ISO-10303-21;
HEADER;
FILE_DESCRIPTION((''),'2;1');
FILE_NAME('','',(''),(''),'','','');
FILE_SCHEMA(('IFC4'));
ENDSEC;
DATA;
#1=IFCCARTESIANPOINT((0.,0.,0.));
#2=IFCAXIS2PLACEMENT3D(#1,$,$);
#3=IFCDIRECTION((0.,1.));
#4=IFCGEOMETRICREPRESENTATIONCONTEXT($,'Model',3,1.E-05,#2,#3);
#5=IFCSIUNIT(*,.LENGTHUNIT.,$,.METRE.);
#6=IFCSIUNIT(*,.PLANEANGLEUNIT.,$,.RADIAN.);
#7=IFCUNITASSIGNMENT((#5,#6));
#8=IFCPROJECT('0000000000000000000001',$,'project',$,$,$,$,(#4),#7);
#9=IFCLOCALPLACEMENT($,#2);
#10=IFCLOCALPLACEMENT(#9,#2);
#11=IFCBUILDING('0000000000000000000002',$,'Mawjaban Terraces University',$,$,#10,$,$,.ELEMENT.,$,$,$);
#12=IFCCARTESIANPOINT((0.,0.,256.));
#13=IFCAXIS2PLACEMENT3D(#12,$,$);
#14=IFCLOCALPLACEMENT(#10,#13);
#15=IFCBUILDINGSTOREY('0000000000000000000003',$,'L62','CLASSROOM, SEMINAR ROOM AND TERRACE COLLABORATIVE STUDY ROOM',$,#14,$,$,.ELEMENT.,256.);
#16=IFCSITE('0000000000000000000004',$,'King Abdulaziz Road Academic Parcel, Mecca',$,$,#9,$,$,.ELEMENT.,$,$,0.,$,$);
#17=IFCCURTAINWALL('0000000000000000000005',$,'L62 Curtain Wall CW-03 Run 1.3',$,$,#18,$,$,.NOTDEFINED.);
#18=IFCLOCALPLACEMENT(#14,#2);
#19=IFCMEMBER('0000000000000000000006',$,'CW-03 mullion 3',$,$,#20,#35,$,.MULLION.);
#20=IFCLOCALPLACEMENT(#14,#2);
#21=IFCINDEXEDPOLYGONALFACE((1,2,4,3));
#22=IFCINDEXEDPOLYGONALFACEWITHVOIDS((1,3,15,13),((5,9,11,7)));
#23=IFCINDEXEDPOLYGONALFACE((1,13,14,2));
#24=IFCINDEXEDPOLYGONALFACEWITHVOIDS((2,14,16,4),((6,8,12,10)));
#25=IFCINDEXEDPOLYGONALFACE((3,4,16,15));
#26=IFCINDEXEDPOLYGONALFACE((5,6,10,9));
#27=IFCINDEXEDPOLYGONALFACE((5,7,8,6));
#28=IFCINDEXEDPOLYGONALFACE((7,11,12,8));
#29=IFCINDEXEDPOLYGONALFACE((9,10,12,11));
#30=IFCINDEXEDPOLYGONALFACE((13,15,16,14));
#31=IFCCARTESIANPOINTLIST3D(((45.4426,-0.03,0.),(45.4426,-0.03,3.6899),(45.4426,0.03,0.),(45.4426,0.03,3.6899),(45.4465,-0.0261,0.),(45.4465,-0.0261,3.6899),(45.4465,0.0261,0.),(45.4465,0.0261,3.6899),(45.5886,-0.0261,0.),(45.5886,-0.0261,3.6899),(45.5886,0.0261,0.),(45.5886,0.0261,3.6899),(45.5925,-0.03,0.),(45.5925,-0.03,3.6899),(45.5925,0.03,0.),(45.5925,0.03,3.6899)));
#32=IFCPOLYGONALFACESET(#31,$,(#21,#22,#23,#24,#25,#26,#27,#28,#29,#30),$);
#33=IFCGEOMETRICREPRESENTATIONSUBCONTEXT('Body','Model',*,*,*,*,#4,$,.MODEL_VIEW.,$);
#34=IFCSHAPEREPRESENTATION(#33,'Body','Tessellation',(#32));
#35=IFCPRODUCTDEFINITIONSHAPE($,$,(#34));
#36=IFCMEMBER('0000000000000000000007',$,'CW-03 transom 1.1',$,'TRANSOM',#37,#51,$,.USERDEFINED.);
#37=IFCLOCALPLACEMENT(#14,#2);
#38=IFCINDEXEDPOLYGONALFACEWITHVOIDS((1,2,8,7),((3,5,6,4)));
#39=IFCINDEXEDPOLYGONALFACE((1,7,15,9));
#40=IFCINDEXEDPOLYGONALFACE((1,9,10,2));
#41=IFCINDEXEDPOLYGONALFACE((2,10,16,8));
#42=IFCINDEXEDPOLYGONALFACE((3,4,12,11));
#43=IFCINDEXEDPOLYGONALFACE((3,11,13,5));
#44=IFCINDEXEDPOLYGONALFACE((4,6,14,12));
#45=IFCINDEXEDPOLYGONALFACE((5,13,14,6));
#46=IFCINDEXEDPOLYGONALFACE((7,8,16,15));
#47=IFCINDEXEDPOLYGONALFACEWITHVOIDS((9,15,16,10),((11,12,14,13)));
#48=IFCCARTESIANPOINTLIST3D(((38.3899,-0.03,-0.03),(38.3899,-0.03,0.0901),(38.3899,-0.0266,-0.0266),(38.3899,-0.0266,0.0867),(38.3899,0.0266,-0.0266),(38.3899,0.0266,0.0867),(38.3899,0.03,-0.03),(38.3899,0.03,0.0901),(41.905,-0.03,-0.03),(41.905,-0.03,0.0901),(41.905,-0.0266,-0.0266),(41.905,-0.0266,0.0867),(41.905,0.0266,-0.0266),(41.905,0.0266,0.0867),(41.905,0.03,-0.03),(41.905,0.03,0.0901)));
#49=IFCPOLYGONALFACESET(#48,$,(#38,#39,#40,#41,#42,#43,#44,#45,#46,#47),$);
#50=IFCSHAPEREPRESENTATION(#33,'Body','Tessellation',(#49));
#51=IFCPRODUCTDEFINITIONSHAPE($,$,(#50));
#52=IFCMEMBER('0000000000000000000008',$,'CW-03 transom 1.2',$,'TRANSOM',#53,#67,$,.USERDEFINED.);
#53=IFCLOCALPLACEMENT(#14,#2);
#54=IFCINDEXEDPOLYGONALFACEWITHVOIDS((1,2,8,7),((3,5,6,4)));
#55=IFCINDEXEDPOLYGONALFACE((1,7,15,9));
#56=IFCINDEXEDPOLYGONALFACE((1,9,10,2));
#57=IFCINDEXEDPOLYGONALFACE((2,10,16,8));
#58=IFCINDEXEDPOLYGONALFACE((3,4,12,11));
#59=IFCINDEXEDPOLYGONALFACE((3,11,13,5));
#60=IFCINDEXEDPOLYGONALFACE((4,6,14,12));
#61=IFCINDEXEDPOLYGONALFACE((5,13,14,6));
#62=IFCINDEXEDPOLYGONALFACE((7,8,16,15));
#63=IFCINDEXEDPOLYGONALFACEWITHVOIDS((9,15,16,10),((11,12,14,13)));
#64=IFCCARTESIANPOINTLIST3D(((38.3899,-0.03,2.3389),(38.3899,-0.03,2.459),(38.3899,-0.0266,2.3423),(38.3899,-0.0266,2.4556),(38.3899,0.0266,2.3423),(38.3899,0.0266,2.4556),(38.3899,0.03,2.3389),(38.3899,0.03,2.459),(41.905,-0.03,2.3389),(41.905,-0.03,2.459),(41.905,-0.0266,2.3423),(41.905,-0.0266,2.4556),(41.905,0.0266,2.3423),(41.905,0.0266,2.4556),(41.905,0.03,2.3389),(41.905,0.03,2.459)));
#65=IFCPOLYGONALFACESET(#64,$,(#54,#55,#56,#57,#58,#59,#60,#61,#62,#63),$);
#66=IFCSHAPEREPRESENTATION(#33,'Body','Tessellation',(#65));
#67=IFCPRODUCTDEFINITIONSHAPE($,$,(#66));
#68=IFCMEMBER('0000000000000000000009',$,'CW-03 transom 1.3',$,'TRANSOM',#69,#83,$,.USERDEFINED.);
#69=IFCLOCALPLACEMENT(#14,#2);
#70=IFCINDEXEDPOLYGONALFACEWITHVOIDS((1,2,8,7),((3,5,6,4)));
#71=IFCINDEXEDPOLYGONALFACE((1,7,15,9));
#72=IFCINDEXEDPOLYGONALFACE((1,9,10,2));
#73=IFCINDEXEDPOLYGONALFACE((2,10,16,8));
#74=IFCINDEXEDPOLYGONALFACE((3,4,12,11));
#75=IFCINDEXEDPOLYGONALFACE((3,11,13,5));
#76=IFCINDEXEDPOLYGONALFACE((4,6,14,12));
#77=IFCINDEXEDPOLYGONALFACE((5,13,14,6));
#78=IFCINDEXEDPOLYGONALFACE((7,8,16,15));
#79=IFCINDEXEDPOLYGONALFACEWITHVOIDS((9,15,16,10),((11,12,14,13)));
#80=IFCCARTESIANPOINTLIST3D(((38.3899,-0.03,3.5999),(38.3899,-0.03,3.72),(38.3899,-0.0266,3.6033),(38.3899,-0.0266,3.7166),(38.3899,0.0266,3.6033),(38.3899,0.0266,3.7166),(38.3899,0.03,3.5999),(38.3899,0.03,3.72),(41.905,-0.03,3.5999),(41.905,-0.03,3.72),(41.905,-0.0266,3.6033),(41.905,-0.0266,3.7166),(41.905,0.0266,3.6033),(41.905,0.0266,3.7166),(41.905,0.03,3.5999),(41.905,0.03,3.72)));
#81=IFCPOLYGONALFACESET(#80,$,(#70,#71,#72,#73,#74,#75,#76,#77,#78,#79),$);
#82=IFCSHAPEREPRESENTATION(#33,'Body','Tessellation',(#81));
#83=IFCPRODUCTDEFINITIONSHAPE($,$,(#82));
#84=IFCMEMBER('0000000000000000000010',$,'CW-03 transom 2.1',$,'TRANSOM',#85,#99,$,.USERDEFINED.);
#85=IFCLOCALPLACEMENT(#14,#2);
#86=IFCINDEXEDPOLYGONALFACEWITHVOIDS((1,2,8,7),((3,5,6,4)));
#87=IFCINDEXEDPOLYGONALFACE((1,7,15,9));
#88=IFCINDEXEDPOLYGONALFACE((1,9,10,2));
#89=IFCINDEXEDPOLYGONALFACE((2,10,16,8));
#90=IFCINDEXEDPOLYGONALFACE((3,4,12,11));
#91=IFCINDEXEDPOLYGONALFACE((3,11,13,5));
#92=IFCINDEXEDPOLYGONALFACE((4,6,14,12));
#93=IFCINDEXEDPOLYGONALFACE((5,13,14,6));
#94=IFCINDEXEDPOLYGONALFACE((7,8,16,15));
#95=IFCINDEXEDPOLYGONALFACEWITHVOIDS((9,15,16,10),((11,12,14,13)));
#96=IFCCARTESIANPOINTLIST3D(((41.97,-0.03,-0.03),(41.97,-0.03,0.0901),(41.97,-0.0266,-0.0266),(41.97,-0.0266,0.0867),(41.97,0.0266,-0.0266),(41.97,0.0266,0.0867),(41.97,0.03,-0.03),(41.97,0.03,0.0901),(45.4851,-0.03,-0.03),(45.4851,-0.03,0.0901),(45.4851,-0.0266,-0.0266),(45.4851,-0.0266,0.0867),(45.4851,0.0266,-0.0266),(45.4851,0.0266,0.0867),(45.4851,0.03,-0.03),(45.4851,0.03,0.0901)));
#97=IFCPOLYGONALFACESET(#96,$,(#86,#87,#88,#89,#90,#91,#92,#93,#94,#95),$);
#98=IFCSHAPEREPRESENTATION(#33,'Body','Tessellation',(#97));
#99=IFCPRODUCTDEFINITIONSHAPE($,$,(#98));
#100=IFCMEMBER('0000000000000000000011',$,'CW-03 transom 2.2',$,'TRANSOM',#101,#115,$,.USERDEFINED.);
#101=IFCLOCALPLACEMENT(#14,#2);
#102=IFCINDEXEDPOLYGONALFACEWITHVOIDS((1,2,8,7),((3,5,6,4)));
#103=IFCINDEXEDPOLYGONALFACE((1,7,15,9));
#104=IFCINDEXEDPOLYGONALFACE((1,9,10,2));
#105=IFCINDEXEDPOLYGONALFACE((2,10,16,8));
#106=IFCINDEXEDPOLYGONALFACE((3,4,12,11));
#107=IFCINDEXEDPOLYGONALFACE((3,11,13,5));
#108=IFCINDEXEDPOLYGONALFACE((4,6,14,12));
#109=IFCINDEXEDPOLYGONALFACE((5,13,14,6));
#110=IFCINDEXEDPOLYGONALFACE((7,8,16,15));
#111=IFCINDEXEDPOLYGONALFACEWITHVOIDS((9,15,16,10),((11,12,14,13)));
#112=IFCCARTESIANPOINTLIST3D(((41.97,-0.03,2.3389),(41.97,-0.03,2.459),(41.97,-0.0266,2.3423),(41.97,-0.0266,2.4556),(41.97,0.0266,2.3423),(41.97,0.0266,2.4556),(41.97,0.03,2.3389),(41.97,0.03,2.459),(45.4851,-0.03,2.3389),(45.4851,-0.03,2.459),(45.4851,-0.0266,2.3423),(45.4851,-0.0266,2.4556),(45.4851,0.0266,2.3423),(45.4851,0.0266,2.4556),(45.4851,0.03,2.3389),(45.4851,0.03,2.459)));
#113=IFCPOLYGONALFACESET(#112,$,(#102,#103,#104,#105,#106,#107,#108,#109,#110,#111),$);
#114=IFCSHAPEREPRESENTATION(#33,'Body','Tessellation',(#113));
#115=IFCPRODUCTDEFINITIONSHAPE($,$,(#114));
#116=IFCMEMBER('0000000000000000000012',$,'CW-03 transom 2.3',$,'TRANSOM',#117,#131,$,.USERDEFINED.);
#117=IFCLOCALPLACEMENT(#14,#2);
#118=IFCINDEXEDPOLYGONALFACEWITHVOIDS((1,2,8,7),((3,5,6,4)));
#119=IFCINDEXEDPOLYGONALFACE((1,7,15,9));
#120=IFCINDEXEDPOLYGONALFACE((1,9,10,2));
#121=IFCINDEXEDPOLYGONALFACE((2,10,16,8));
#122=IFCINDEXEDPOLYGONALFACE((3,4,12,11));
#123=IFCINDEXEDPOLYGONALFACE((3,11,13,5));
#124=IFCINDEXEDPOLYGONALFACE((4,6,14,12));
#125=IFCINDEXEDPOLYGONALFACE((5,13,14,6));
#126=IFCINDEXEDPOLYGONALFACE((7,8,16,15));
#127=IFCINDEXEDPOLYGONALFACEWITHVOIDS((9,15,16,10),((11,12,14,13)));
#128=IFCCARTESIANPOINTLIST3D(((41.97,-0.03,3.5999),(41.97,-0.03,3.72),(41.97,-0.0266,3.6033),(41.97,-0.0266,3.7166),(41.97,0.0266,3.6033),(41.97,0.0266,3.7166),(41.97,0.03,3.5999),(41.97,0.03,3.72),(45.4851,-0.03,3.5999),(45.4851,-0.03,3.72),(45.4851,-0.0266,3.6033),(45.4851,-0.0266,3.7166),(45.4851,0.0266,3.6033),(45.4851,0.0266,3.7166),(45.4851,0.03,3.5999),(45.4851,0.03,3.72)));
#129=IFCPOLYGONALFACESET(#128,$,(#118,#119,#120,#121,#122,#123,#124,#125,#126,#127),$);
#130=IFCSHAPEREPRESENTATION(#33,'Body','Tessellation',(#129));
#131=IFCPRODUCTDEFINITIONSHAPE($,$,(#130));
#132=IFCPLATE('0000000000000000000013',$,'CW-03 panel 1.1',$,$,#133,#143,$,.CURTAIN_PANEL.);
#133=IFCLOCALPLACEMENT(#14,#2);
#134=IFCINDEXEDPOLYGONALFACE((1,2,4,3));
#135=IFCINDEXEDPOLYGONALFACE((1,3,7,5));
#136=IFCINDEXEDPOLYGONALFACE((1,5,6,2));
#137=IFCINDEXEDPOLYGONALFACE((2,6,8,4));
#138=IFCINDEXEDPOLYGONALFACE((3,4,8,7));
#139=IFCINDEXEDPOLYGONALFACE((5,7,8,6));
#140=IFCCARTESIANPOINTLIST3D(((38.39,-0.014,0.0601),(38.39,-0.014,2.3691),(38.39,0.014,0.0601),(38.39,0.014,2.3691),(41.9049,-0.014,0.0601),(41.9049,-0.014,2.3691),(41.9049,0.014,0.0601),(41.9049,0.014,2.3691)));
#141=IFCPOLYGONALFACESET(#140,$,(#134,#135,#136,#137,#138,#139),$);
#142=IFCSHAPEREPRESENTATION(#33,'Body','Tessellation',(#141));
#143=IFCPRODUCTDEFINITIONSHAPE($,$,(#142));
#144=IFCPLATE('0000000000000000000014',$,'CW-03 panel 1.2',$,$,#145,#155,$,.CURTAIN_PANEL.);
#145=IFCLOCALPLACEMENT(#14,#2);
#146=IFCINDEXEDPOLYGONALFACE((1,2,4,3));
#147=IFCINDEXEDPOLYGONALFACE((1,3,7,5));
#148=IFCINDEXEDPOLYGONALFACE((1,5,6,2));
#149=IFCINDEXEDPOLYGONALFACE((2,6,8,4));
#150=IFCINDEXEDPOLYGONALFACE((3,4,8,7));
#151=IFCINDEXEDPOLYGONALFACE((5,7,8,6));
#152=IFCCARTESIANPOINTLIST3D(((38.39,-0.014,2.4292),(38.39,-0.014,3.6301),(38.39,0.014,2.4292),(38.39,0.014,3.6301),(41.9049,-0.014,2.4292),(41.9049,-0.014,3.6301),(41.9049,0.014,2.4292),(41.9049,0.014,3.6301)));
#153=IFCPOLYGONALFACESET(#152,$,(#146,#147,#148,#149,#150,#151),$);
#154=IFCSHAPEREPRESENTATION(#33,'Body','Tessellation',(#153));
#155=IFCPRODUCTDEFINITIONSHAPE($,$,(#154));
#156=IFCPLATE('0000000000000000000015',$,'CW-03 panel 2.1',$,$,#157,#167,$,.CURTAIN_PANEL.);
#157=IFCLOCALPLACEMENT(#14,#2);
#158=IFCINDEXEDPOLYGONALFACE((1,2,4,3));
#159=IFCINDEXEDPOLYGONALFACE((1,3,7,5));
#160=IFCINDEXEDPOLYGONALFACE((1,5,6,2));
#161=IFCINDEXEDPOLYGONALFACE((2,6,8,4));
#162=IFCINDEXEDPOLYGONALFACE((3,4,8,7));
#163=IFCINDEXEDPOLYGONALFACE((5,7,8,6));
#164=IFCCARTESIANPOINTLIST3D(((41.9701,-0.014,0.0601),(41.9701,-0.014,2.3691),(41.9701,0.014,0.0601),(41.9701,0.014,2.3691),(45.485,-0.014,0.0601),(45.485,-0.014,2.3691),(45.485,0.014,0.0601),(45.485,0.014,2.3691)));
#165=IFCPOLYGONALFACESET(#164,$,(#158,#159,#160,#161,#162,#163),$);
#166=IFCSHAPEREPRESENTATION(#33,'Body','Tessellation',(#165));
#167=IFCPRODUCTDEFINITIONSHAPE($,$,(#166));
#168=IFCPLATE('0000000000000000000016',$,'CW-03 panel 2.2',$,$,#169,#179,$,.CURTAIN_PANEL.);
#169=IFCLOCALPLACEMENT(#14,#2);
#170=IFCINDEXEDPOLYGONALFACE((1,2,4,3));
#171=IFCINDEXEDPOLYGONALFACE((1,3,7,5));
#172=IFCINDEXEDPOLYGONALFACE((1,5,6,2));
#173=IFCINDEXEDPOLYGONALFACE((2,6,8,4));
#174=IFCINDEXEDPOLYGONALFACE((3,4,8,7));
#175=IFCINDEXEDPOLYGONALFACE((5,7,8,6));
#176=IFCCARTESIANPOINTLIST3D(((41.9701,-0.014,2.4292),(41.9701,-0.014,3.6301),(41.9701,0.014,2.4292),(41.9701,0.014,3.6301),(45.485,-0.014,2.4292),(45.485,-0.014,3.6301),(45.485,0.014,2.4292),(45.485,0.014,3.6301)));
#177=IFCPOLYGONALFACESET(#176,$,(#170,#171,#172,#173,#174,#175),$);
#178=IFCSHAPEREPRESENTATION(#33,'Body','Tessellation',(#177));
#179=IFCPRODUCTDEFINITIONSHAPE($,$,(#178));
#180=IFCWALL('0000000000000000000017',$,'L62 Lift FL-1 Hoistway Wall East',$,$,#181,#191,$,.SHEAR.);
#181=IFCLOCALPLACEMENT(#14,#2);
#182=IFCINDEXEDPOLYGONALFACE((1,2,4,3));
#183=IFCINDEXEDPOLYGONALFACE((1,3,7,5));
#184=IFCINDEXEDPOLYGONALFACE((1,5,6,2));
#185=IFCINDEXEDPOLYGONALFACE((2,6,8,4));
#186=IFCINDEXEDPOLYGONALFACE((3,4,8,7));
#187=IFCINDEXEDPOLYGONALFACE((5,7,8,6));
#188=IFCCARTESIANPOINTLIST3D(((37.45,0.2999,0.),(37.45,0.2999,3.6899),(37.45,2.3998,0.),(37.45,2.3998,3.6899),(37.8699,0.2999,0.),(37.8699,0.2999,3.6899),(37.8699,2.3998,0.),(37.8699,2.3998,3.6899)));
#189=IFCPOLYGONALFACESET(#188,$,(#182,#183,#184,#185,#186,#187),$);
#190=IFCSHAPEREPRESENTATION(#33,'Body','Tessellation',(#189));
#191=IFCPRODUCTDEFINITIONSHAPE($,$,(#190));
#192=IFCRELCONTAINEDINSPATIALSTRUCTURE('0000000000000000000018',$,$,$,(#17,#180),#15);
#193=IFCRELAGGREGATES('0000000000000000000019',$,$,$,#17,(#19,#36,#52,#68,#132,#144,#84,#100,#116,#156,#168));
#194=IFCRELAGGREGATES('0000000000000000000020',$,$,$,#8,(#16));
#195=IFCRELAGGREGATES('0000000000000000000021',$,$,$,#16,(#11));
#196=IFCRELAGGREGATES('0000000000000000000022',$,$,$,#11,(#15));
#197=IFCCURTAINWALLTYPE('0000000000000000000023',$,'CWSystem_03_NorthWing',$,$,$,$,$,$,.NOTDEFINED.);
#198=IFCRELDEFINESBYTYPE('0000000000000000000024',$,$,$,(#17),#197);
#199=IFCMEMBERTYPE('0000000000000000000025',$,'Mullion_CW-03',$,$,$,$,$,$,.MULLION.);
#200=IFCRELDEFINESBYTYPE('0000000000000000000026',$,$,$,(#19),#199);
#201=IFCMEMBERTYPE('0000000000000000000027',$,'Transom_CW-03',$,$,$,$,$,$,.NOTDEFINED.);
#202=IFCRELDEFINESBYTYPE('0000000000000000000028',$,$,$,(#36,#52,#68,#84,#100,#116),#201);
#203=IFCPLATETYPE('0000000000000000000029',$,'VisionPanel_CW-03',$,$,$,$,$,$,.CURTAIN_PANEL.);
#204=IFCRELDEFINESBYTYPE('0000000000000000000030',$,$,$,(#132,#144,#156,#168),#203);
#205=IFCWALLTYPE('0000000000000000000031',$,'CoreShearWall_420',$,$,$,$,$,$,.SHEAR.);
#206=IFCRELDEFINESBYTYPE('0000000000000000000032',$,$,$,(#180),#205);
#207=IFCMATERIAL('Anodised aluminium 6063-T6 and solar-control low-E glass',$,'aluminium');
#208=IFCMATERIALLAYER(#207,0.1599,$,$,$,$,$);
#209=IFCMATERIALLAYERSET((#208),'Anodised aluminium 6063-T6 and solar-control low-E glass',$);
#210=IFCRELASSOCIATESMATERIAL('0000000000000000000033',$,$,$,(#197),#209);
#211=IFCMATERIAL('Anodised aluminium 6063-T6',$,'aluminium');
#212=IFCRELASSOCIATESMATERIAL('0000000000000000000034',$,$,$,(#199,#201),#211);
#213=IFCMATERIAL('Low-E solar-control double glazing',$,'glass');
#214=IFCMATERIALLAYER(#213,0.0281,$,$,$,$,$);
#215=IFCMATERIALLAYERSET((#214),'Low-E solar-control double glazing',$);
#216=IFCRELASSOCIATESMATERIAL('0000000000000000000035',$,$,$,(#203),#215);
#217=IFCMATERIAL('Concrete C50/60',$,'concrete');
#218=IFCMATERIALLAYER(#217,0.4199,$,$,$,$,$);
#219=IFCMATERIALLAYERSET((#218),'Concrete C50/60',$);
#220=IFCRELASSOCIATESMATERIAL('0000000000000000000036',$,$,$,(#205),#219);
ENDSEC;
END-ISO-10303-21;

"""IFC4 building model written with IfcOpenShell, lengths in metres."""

from ifc_helpers import new_model, si_unit, direction, frame, frame_2d, origin, origin_2d, place, context, subcontext, project, spatial, rectangle, hollow_rectangle, extrude, material, layer, layer_set, material_profile, profile_set, type_object, element, aggregate, save


model = new_model("IFC4")

# Units and contexts
model_context = context("Model", 3, precision=1e-05, world=origin(), true_north=direction((0.0, 1.0)))
body_context = subcontext(model_context, "Body", "Model", "MODEL_VIEW")
ifc_project = project(units=[si_unit("LENGTHUNIT", "METRE"), si_unit("PLANEANGLEUNIT", "RADIAN")], contexts=[model_context])

# Site, building, storey
site_placement = place(None, origin())
site = spatial("IfcSite", under=ifc_project, at=site_placement, Name="King Abdulaziz Road Academic Parcel, Mecca", CompositionType="ELEMENT", RefElevation=0.0)
building_placement = place(site_placement, origin())
building = spatial("IfcBuilding", under=site, at=building_placement, Name="Mawjaban Terraces University", CompositionType="ELEMENT")
storey_placement = place(building_placement, frame((0.0, 0.0, 256.0)))
storey = spatial("IfcBuildingStorey", under=building, at=storey_placement, Name="L62", Description="CLASSROOM, SEMINAR ROOM AND TERRACE COLLABORATIVE STUDY ROOM", CompositionType="ELEMENT", Elevation=256.0)

# Shared definitions
ifc_material_1 = material(Name="Concrete C50/60", Category="concrete")

# Shared definitions
ifc_material_2 = material(Name="Anodised aluminium 6063-T6 and solar-control low-E glass", Category="aluminium")
ifc_layer_1 = layer(ifc_material_2, 0.1599)
ifc_layer_set_1 = layer_set([ifc_layer_1], Name="Anodised aluminium 6063-T6 and solar-control low-E glass")
curtain_wall_type = type_object("IfcCurtainWallType", Name="CWSystem_03_NorthWing", PredefinedType="NOTDEFINED", material=ifc_layer_set_1)
ifc_material_3 = material(Name="Anodised aluminium 6063-T6", Category="aluminium")
ifc_material_profile_1 = material_profile(ifc_material_3, hollow_rectangle(XDim=0.0601, YDim=0.1499, WallThickness=0.0039, at=origin_2d()), Name="ALU150X60X4")
ifc_profile_set_1 = profile_set([ifc_material_profile_1], Name="Anodised aluminium 6063-T6")
member_type_1 = type_object("IfcMemberType", Name="Mullion_CW-03", PredefinedType="MULLION", material=ifc_profile_set_1)

# Curtain wall, members, plates
curtain_wall_1_placement = place(storey_placement, origin())
curtain_wall_1 = element("IfcCurtainWall", 1, at=curtain_wall_1_placement, inside=storey, type_object=curtain_wall_type, Name="L62 Curtain Wall CW-03 Run 1.3", PredefinedType="NOTDEFINED")
member_1_placement = place(storey_placement, frame((45.5176, 0.0, 0.0), z_axis=(0.0, 0.0, 1.0), x_axis=(0.0, 1.0, 0.0)))
member_1 = element("IfcMember", 2, at=member_1_placement, type_object=member_type_1, Name="CW-03 mullion 3", PredefinedType="MULLION", context=body_context, shape_type="SweptSolid", body=[
    extrude(hollow_rectangle(XDim=0.0601, YDim=0.1499, WallThickness=0.0039, at=origin_2d()), origin(), (0.0, 0.0, 1.0), 3.6899),
])
ifc_material_profile_2 = material_profile(ifc_material_3, hollow_rectangle(XDim=0.0601, YDim=0.1201, WallThickness=0.0034, at=origin_2d()), Name="ALU120X60X3.5")
ifc_profile_set_2 = profile_set([ifc_material_profile_2], Name="Anodised aluminium 6063-T6")
member_type_2 = type_object("IfcMemberType", Name="Transom_CW-03", PredefinedType="NOTDEFINED", material=ifc_profile_set_2)
member_2_placement = place(storey_placement, frame((38.3899, 0.0, 0.03), z_axis=(1.0, 0.0, 0.0), x_axis=(0.0, 1.0, 0.0)))
member_2 = element("IfcMember", 3, at=member_2_placement, type_object=member_type_2, Name="CW-03 transom 1.1", ObjectType="TRANSOM", PredefinedType="USERDEFINED", context=body_context, shape_type="SweptSolid", body=[
    extrude(hollow_rectangle(XDim=0.0601, YDim=0.1201, WallThickness=0.0034, at=origin_2d()), origin(), (0.0, 0.0, 1.0), 3.5151),
])
member_3_placement = place(storey_placement, frame((38.3899, 0.0, 2.3989), z_axis=(1.0, 0.0, 0.0), x_axis=(0.0, 1.0, 0.0)))
member_3 = element("IfcMember", 4, at=member_3_placement, type_object=member_type_2, Name="CW-03 transom 1.2", ObjectType="TRANSOM", PredefinedType="USERDEFINED", context=body_context, shape_type="SweptSolid", body=[
    extrude(hollow_rectangle(XDim=0.0601, YDim=0.1201, WallThickness=0.0034, at=origin_2d()), origin(), (0.0, 0.0, 1.0), 3.5151),
])
member_4_placement = place(storey_placement, frame((38.3899, 0.0, 3.6599), z_axis=(1.0, 0.0, 0.0), x_axis=(0.0, 1.0, 0.0)))
member_4 = element("IfcMember", 5, at=member_4_placement, type_object=member_type_2, Name="CW-03 transom 1.3", ObjectType="TRANSOM", PredefinedType="USERDEFINED", context=body_context, shape_type="SweptSolid", body=[
    extrude(hollow_rectangle(XDim=0.0601, YDim=0.1201, WallThickness=0.0034, at=origin_2d()), origin(), (0.0, 0.0, 1.0), 3.5151),
])
member_5_placement = place(storey_placement, frame((41.97, 0.0, 0.03), z_axis=(1.0, 0.0, 0.0), x_axis=(0.0, 1.0, 0.0)))
member_5 = element("IfcMember", 6, at=member_5_placement, type_object=member_type_2, Name="CW-03 transom 2.1", ObjectType="TRANSOM", PredefinedType="USERDEFINED", context=body_context, shape_type="SweptSolid", body=[
    extrude(hollow_rectangle(XDim=0.0601, YDim=0.1201, WallThickness=0.0034, at=origin_2d()), origin(), (0.0, 0.0, 1.0), 3.5151),
])
member_6_placement = place(storey_placement, frame((41.97, 0.0, 2.3989), z_axis=(1.0, 0.0, 0.0), x_axis=(0.0, 1.0, 0.0)))
member_6 = element("IfcMember", 7, at=member_6_placement, type_object=member_type_2, Name="CW-03 transom 2.2", ObjectType="TRANSOM", PredefinedType="USERDEFINED", context=body_context, shape_type="SweptSolid", body=[
    extrude(hollow_rectangle(XDim=0.0601, YDim=0.1201, WallThickness=0.0034, at=origin_2d()), origin(), (0.0, 0.0, 1.0), 3.5151),
])
member_7_placement = place(storey_placement, frame((41.97, 0.0, 3.6599), z_axis=(1.0, 0.0, 0.0), x_axis=(0.0, 1.0, 0.0)))
member_7 = element("IfcMember", 8, at=member_7_placement, type_object=member_type_2, Name="CW-03 transom 2.3", ObjectType="TRANSOM", PredefinedType="USERDEFINED", context=body_context, shape_type="SweptSolid", body=[
    extrude(hollow_rectangle(XDim=0.0601, YDim=0.1201, WallThickness=0.0034, at=origin_2d()), origin(), (0.0, 0.0, 1.0), 3.5151),
])
ifc_material_4 = material(Name="Low-E solar-control double glazing", Category="glass")
ifc_layer_2 = layer(ifc_material_4, 0.0281)
ifc_layer_set_2 = layer_set([ifc_layer_2], Name="Low-E solar-control double glazing")
plate_type = type_object("IfcPlateType", Name="VisionPanel_CW-03", PredefinedType="CURTAIN_PANEL", material=ifc_layer_set_2)
plate_1_placement = place(storey_placement, frame((40.1475, 0.0, 0.0601), z_axis=(0.0, 0.0, 1.0), x_axis=(1.0, 0.0, 0.0)))
plate_1 = element("IfcPlate", 9, at=plate_1_placement, type_object=plate_type, Name="CW-03 panel 1.1", PredefinedType="CURTAIN_PANEL", context=body_context, shape_type="SweptSolid", body=[
    extrude(rectangle(XDim=3.5149, YDim=0.0281, at=origin_2d()), origin(), (0.0, 0.0, 1.0), 2.3091),
])
plate_2_placement = place(storey_placement, frame((40.1475, 0.0, 2.4292), z_axis=(0.0, 0.0, 1.0), x_axis=(1.0, 0.0, 0.0)))
plate_2 = element("IfcPlate", 10, at=plate_2_placement, type_object=plate_type, Name="CW-03 panel 1.2", PredefinedType="CURTAIN_PANEL", context=body_context, shape_type="SweptSolid", body=[
    extrude(rectangle(XDim=3.5149, YDim=0.0281, at=origin_2d()), origin(), (0.0, 0.0, 1.0), 1.2009),
])
plate_3_placement = place(storey_placement, frame((43.7275, 0.0, 0.0601), z_axis=(0.0, 0.0, 1.0), x_axis=(1.0, 0.0, 0.0)))
plate_3 = element("IfcPlate", 11, at=plate_3_placement, type_object=plate_type, Name="CW-03 panel 2.1", PredefinedType="CURTAIN_PANEL", context=body_context, shape_type="SweptSolid", body=[
    extrude(rectangle(XDim=3.5149, YDim=0.0281, at=origin_2d()), origin(), (0.0, 0.0, 1.0), 2.3091),
])
plate_4_placement = place(storey_placement, frame((43.7275, 0.0, 2.4292), z_axis=(0.0, 0.0, 1.0), x_axis=(1.0, 0.0, 0.0)))
plate_4 = element("IfcPlate", 12, at=plate_4_placement, type_object=plate_type, Name="CW-03 panel 2.2", PredefinedType="CURTAIN_PANEL", context=body_context, shape_type="SweptSolid", body=[
    extrude(rectangle(XDim=3.5149, YDim=0.0281, at=origin_2d()), origin(), (0.0, 0.0, 1.0), 1.2009),
])
aggregate(curtain_wall_1, [member_1, member_2, member_3, member_4, plate_1, plate_2, member_5, member_6, member_7, plate_3, plate_4])

# Wall
ifc_layer_3 = layer(ifc_material_1, 0.4199)
ifc_layer_set_3 = layer_set([ifc_layer_3], Name="Concrete C50/60")
wall_type_1 = type_object("IfcWallType", Name="CoreShearWall_420", PredefinedType="SHEAR", material=ifc_layer_set_3)
wall_1_placement = place(storey_placement, frame((37.6599, 0.3, 0.0), z_axis=(0.0, 0.0, 1.0), x_axis=(0.0, 1.0, 0.0)))
element("IfcWall", 13, at=wall_1_placement, inside=storey, type_object=wall_type_1, Name="L62 Lift FL-1 Hoistway Wall East", PredefinedType="SHEAR", context=body_context, shape_type="SweptSolid", body=[
    extrude(rectangle(XDim=2.0999, YDim=0.4199, at=frame_2d((1.0498, 0.0))), origin(), (0.0, 0.0, 1.0), 3.6899),
])

save(model, "model.ifc")
